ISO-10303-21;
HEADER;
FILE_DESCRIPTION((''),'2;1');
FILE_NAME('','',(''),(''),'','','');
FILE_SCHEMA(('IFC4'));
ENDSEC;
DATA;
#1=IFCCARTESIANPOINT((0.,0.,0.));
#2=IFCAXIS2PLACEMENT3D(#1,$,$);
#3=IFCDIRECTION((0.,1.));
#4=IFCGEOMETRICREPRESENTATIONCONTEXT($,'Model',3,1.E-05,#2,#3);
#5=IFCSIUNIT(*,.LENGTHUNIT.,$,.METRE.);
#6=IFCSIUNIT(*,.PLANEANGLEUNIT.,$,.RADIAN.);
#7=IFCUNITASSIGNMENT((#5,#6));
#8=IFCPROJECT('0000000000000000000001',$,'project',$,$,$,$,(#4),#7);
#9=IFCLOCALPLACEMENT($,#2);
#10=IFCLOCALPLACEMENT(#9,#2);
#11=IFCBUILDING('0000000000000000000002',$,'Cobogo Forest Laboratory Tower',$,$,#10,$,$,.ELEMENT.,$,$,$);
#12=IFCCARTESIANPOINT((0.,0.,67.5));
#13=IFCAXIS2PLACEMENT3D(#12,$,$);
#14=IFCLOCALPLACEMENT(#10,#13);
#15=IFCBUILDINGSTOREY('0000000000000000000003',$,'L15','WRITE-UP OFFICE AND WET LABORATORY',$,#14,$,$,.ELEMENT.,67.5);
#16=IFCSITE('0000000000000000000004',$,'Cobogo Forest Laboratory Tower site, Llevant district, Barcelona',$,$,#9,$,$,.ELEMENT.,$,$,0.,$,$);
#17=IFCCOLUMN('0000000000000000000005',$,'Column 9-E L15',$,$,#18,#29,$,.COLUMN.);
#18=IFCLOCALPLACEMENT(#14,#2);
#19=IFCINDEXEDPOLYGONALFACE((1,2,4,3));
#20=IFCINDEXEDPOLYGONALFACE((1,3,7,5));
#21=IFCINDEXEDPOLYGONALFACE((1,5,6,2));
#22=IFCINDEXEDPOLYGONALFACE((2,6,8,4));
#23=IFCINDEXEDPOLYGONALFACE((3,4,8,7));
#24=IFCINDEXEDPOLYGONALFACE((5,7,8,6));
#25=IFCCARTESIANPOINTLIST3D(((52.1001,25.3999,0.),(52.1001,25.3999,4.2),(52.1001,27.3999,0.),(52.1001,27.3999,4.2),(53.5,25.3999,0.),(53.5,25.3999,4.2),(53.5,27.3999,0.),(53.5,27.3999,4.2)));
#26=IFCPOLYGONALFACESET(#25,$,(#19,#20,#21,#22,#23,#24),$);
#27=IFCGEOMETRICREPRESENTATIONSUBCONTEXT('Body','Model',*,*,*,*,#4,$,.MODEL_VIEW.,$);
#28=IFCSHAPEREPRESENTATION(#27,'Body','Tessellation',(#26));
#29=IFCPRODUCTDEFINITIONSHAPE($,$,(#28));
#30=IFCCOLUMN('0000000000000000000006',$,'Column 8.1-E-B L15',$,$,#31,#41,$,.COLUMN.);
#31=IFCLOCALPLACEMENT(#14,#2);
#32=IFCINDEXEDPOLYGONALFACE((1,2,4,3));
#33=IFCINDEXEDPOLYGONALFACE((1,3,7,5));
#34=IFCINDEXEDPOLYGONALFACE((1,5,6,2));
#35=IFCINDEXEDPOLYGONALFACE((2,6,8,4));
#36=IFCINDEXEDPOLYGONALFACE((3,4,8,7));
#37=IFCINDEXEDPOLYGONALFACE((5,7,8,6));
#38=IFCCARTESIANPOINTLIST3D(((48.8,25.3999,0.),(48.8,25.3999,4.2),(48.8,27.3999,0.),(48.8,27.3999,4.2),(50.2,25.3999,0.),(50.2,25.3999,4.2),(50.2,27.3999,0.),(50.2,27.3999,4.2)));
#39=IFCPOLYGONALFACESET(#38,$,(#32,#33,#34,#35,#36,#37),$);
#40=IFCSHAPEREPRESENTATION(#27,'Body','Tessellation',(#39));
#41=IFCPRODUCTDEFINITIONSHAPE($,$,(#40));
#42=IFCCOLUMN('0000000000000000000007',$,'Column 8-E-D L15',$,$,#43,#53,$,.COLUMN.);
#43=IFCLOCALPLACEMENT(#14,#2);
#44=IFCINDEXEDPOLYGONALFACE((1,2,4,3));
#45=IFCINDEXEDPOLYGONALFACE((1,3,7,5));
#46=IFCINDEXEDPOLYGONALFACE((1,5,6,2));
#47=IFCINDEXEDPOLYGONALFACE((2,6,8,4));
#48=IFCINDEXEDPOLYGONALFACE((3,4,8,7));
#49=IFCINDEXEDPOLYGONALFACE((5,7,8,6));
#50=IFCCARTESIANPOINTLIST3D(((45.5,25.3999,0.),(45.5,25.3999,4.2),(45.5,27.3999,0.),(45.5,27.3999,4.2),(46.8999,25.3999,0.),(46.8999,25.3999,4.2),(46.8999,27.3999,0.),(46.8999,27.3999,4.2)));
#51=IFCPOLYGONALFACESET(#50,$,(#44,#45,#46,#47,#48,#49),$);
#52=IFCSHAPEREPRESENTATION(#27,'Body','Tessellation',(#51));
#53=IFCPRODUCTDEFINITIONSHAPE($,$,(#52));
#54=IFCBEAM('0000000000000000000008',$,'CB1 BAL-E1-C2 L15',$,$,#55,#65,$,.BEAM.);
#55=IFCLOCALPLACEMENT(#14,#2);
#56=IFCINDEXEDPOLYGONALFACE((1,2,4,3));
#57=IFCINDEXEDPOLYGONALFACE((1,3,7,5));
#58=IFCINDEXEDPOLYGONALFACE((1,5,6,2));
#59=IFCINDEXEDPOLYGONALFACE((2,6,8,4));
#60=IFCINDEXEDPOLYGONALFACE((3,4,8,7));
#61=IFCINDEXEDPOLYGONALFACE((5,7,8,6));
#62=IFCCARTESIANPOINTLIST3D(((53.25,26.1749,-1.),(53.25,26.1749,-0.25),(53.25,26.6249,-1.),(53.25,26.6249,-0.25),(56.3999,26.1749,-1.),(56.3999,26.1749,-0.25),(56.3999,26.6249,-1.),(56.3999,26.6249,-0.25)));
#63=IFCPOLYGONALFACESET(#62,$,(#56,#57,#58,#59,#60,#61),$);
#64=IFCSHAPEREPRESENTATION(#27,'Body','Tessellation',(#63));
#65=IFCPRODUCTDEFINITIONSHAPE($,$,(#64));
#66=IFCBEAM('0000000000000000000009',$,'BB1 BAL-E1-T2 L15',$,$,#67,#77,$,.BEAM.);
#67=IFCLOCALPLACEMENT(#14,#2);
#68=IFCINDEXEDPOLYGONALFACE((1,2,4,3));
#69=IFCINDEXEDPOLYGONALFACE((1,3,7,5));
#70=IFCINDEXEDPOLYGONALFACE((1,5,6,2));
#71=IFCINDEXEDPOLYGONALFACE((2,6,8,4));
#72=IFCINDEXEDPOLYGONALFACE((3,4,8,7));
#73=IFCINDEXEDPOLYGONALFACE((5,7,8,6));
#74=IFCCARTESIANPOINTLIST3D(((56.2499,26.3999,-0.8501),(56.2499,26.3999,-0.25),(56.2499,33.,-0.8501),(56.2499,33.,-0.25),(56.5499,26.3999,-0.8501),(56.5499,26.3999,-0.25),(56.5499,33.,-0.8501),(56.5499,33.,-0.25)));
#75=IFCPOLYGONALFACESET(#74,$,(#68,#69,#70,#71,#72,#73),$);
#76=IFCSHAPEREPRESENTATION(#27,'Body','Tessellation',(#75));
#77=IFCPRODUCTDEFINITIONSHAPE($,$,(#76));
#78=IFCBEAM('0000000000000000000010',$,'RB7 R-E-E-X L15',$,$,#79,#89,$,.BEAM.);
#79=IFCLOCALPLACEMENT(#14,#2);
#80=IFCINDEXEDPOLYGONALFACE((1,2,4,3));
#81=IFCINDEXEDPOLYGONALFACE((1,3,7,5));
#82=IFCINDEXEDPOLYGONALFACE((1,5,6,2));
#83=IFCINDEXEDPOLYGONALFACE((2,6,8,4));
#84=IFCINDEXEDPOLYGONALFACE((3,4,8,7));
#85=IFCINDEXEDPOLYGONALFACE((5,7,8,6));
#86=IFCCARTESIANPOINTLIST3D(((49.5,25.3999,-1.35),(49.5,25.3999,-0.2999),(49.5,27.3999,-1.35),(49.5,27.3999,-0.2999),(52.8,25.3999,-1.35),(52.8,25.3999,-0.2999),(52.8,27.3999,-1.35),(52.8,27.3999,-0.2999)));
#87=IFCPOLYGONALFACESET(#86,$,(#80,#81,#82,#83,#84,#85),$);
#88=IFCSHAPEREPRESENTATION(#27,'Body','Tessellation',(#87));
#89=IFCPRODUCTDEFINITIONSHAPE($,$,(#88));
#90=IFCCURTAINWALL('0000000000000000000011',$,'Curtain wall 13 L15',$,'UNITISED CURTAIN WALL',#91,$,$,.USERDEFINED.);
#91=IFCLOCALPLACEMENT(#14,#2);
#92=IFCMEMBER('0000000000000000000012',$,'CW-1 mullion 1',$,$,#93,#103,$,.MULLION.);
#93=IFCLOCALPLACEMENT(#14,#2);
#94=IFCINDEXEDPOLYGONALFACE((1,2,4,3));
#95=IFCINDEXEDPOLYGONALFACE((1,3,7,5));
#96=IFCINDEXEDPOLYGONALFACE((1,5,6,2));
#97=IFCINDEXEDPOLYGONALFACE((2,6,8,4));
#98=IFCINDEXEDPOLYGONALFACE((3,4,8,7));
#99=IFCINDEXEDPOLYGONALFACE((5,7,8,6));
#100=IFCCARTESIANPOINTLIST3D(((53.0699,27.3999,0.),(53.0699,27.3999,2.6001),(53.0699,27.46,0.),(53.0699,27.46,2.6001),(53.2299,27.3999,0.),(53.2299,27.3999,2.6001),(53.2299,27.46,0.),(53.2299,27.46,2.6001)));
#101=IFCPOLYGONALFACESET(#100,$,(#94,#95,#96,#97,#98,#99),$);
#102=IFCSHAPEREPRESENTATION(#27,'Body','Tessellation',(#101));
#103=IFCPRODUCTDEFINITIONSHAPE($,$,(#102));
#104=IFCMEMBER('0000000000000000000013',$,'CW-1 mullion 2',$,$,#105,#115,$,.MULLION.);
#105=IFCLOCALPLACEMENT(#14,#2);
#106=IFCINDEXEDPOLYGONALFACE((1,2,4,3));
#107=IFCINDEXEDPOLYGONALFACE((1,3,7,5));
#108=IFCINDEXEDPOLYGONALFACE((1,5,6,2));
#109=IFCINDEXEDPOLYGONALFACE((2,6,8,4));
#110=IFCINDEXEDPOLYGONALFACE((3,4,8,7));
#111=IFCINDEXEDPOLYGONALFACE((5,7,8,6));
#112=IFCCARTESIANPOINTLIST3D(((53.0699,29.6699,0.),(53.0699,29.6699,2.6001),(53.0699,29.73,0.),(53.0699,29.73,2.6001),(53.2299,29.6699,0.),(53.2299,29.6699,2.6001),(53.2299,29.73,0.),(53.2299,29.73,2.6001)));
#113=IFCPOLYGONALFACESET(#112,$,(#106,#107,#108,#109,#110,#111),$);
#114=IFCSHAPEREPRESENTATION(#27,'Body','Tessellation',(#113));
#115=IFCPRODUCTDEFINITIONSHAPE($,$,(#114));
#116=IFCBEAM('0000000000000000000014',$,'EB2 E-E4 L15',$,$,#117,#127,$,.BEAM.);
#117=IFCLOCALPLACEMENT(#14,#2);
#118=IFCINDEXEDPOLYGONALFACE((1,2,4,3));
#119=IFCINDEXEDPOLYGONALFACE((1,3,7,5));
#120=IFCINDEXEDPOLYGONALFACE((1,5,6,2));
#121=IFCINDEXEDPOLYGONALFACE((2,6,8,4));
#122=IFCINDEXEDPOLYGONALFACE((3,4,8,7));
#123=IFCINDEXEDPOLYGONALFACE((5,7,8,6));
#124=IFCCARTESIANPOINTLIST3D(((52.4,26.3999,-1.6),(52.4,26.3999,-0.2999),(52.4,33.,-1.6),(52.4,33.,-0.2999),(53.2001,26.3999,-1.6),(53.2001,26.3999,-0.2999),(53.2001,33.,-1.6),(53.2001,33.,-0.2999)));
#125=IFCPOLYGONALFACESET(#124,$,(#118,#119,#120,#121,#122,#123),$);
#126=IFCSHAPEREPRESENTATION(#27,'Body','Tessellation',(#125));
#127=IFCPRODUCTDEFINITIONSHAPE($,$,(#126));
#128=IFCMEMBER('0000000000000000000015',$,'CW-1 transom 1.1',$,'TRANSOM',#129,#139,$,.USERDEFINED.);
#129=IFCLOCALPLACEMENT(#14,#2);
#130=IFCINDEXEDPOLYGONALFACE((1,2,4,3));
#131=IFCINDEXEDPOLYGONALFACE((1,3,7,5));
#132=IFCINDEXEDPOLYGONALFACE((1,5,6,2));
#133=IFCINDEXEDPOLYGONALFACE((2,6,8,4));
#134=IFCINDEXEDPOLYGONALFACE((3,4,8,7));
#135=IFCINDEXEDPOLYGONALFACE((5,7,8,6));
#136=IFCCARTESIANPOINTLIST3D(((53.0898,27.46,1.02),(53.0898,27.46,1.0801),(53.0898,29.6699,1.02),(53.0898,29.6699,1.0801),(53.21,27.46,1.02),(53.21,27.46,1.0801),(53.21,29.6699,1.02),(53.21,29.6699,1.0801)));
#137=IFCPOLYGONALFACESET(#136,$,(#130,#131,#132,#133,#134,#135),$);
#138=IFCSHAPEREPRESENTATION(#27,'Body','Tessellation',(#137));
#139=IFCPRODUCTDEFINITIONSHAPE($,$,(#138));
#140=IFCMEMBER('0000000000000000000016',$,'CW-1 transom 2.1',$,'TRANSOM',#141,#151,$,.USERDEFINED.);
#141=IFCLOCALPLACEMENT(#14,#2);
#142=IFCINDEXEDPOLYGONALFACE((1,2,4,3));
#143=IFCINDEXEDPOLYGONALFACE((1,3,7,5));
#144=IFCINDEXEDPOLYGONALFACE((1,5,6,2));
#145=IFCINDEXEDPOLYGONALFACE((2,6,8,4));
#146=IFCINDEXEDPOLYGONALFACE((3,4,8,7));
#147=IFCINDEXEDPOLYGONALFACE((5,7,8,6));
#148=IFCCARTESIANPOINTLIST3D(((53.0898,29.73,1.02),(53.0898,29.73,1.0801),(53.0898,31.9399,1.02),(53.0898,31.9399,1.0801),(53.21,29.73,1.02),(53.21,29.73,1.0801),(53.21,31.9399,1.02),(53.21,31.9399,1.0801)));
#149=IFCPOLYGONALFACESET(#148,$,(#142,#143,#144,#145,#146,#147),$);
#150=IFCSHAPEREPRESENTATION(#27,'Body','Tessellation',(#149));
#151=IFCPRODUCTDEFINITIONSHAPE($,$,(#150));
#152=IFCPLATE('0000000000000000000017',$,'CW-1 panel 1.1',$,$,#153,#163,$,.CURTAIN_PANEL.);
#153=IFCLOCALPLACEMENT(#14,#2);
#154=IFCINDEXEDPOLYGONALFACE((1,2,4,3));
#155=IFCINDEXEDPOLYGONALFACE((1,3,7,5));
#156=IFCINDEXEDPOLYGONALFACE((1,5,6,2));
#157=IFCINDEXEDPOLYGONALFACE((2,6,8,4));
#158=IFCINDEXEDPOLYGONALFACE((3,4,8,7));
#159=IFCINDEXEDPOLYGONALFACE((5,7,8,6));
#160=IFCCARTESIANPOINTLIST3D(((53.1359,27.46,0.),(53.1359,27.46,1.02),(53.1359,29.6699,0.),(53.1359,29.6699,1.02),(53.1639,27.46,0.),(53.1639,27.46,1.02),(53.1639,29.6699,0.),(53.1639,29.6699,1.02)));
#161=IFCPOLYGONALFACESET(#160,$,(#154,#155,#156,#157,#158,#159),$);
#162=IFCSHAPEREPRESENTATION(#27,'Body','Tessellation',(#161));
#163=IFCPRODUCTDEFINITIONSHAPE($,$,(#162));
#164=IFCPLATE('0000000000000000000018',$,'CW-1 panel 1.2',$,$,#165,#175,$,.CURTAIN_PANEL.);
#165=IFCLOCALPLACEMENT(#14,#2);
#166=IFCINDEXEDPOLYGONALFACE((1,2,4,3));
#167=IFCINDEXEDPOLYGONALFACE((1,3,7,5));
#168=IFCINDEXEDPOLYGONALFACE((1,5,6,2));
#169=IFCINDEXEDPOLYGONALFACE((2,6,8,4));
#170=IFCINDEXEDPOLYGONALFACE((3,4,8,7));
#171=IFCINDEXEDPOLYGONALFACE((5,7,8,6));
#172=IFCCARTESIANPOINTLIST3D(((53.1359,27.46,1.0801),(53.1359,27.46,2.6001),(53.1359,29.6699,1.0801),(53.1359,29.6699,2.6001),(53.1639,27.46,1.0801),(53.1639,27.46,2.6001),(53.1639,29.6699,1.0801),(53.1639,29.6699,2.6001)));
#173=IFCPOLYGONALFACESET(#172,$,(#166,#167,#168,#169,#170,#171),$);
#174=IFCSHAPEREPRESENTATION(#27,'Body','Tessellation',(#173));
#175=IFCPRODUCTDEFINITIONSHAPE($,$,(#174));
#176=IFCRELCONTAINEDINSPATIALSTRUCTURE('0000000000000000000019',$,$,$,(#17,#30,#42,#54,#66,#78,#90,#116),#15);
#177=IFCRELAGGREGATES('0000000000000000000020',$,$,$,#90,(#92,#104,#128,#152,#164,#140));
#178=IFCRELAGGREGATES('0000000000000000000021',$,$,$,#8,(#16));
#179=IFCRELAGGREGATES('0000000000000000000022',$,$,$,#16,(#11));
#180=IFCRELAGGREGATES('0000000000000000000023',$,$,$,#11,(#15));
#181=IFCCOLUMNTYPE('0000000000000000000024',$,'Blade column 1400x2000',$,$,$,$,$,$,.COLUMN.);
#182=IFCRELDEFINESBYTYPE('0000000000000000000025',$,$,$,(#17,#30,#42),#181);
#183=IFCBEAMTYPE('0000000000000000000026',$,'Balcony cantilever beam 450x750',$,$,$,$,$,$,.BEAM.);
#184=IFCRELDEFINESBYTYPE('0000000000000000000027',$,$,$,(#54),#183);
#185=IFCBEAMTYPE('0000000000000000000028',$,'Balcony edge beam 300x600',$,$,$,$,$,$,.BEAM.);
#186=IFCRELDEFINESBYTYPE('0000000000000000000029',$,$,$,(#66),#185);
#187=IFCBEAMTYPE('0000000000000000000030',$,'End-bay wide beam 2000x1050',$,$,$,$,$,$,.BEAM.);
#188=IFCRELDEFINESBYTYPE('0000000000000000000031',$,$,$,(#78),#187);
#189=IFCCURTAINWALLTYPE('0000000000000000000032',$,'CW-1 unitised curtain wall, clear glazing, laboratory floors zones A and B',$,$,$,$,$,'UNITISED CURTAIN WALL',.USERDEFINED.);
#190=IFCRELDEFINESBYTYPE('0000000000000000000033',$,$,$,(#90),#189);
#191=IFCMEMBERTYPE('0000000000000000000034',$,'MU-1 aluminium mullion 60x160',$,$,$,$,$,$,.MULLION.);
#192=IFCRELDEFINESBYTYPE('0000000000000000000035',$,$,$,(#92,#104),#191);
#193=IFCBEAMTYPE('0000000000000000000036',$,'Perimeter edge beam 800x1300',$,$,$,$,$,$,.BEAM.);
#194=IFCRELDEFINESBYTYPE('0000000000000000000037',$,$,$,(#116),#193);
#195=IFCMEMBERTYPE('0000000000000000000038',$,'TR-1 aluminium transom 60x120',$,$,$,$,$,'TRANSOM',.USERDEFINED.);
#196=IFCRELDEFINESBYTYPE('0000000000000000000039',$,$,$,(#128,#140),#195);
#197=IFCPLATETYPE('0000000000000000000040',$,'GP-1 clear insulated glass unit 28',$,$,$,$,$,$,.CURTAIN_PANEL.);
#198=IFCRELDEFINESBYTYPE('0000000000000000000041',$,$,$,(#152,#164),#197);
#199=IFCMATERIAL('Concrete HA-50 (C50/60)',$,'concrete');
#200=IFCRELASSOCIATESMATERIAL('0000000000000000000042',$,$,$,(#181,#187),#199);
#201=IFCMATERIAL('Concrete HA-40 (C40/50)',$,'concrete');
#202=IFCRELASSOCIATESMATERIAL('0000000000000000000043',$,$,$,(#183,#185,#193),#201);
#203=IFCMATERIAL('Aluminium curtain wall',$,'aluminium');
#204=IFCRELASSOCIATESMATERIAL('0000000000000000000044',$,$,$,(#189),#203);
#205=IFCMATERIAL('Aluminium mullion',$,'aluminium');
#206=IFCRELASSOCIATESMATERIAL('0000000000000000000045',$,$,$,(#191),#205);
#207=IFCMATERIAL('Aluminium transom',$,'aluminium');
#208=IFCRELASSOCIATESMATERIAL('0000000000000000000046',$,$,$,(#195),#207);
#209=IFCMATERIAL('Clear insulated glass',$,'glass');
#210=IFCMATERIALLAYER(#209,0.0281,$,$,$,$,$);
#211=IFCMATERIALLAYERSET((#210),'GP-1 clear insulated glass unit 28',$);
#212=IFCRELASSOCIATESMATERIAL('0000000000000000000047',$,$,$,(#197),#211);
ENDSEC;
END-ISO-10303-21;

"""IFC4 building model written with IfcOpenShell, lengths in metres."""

from ifc_helpers import new_model, si_unit, direction, frame, origin, origin_2d, place, context, subcontext, project, spatial, rectangle, extrude, material, layer, layer_set, material_profile, profile_set, type_object, element, aggregate, save


model = new_model("IFC4")

# Units and contexts
model_context = context("Model", 3, precision=1e-05, world=origin(), true_north=direction((0.0, 1.0)))
body_context = subcontext(model_context, "Body", "Model", "MODEL_VIEW")
ifc_project = project(units=[si_unit("LENGTHUNIT", "METRE"), si_unit("PLANEANGLEUNIT", "RADIAN")], contexts=[model_context])

# Site, building, storey
site_placement = place(None, origin())
site = spatial("IfcSite", under=ifc_project, at=site_placement, Name="Cobogo Forest Laboratory Tower site, Llevant district, Barcelona", CompositionType="ELEMENT", RefElevation=0.0)
building_placement = place(site_placement, origin())
building = spatial("IfcBuilding", under=site, at=building_placement, Name="Cobogo Forest Laboratory Tower", CompositionType="ELEMENT")
storey_placement = place(building_placement, frame((0.0, 0.0, 67.5)))
storey = spatial("IfcBuildingStorey", under=building, at=storey_placement, Name="L15", Description="WRITE-UP OFFICE AND WET LABORATORY", CompositionType="ELEMENT", Elevation=67.5)

# Columns
ifc_material_1 = material(Name="Concrete HA-50 (C50/60)", Category="concrete")
ifc_material_profile_1 = material_profile(ifc_material_1, rectangle(XDim=2.0, YDim=1.3999, at=origin_2d()), Name="RC 1400x2000")
ifc_profile_set_1 = profile_set([ifc_material_profile_1], Name="Concrete HA-50 (C50/60)")
column_type = type_object("IfcColumnType", Name="Blade column 1400x2000", PredefinedType="COLUMN", material=ifc_profile_set_1)
for number, where, z_axis, x_axis, name in (
    (1, (52.8, 26.3999, 0.0), (0.0, 0.0, 1.0), (0.0, 1.0, 0.0), "Column 9-E L15"),
    (2, (49.5, 26.3999, 0.0), (0.0, 0.0, 1.0), (0.0, 1.0, 0.0), "Column 8.1-E-B L15"),
    (3, (46.2, 26.3999, 0.0), (0.0, 0.0, 1.0), (0.0, 1.0, 0.0), "Column 8-E-D L15"),
):
    element("IfcColumn", number, at=place(storey_placement, frame(where, z_axis=z_axis, x_axis=x_axis)), inside=storey, type_object=column_type, Name=name, PredefinedType="COLUMN", context=body_context, shape_type="SweptSolid", body=[
        extrude(rectangle(XDim=2.0, YDim=1.3999, at=origin_2d()), origin(), (0.0, 0.0, 1.0), 4.2),
    ])

# Beams
ifc_material_2 = material(Name="Concrete HA-40 (C40/50)", Category="concrete")
ifc_material_profile_2 = material_profile(ifc_material_2, rectangle(XDim=0.45, YDim=0.75, at=origin_2d()), Name="RC 450x750")
ifc_profile_set_2 = profile_set([ifc_material_profile_2], Name="Concrete HA-40 (C40/50)")
beam_type_1 = type_object("IfcBeamType", Name="Balcony cantilever beam 450x750", PredefinedType="BEAM", material=ifc_profile_set_2)
beam_1_placement = place(storey_placement, frame((53.25, 26.3999, -0.625), z_axis=(1.0, 0.0, 0.0), x_axis=(0.0, 1.0, 0.0)))
element("IfcBeam", 4, at=beam_1_placement, inside=storey, type_object=beam_type_1, Name="CB1 BAL-E1-C2 L15", PredefinedType="BEAM", context=body_context, shape_type="SweptSolid", body=[
    extrude(rectangle(XDim=0.45, YDim=0.75, at=origin_2d()), origin(), (0.0, 0.0, 1.0), 3.1499),
])
ifc_material_profile_3 = material_profile(ifc_material_2, rectangle(XDim=0.3, YDim=0.6001, at=origin_2d()), Name="RC 300x600")
ifc_profile_set_3 = profile_set([ifc_material_profile_3], Name="Concrete HA-40 (C40/50)")
beam_type_2 = type_object("IfcBeamType", Name="Balcony edge beam 300x600", PredefinedType="BEAM", material=ifc_profile_set_3)
beam_2_placement = place(storey_placement, frame((56.3999, 26.3999, -0.55), z_axis=(0.0, 1.0, 0.0), x_axis=(-1.0, 0.0, 0.0)))
element("IfcBeam", 5, at=beam_2_placement, inside=storey, type_object=beam_type_2, Name="BB1 BAL-E1-T2 L15", PredefinedType="BEAM", context=body_context, shape_type="SweptSolid", body=[
    extrude(rectangle(XDim=0.3, YDim=0.6001, at=origin_2d()), origin(), (0.0, 0.0, 1.0), 6.6001),
])
ifc_material_profile_4 = material_profile(ifc_material_1, rectangle(XDim=2.0, YDim=1.05, at=origin_2d()), Name="RC 2000x1050")
ifc_profile_set_4 = profile_set([ifc_material_profile_4], Name="Concrete HA-50 (C50/60)")
beam_type_3 = type_object("IfcBeamType", Name="End-bay wide beam 2000x1050", PredefinedType="BEAM", material=ifc_profile_set_4)
beam_3_placement = place(storey_placement, frame((52.8, 26.3999, -0.825), z_axis=(-1.0, 0.0, 0.0), x_axis=(0.0, -1.0, 0.0)))
element("IfcBeam", 6, at=beam_3_placement, inside=storey, type_object=beam_type_3, Name="RB7 R-E-E-X L15", PredefinedType="BEAM", context=body_context, shape_type="SweptSolid", body=[
    extrude(rectangle(XDim=2.0, YDim=1.05, at=origin_2d()), origin(), (0.0, 0.0, 1.0), 3.3),
])

# Curtain wall, members
ifc_material_3 = material(Name="Aluminium curtain wall", Category="aluminium")
curtain_wall_type = type_object("IfcCurtainWallType", Name="CW-1 unitised curtain wall, clear glazing, laboratory floors zones A and B", ElementType="UNITISED CURTAIN WALL", PredefinedType="USERDEFINED", material=ifc_material_3)
curtain_wall_placement = place(storey_placement, origin())
curtain_wall = element("IfcCurtainWall", 7, at=curtain_wall_placement, inside=storey, type_object=curtain_wall_type, Name="Curtain wall 13 L15", ObjectType="UNITISED CURTAIN WALL", PredefinedType="USERDEFINED")
ifc_material_4 = material(Name="Aluminium mullion", Category="aluminium")
ifc_material_profile_5 = material_profile(ifc_material_4, rectangle(XDim=0.0601, YDim=0.1599, at=origin_2d()), Name="AL 60x160")
ifc_profile_set_5 = profile_set([ifc_material_profile_5], Name="Aluminium mullion")
member_type_1 = type_object("IfcMemberType", Name="MU-1 aluminium mullion 60x160", PredefinedType="MULLION", material=ifc_profile_set_5)
member_1_placement = place(storey_placement, frame((53.1499, 27.4299, 0.0), z_axis=(0.0, 0.0, 1.0), x_axis=(0.0, 1.0, 0.0)))
member_1 = element("IfcMember", 8, at=member_1_placement, type_object=member_type_1, Name="CW-1 mullion 1", PredefinedType="MULLION", context=body_context, shape_type="SweptSolid", body=[
    extrude(rectangle(XDim=0.0601, YDim=0.1599, at=origin_2d()), origin(), (0.0, 0.0, 1.0), 2.6001),
])
member_2_placement = place(storey_placement, frame((53.1499, 29.7, 0.0), z_axis=(0.0, 0.0, 1.0), x_axis=(0.0, 1.0, 0.0)))
member_2 = element("IfcMember", 9, at=member_2_placement, type_object=member_type_1, Name="CW-1 mullion 2", PredefinedType="MULLION", context=body_context, shape_type="SweptSolid", body=[
    extrude(rectangle(XDim=0.0601, YDim=0.1599, at=origin_2d()), origin(), (0.0, 0.0, 1.0), 2.6001),
])

# Beam
ifc_material_profile_6 = material_profile(ifc_material_2, rectangle(XDim=0.8, YDim=1.3, at=origin_2d()), Name="RC 800x1300")
ifc_profile_set_6 = profile_set([ifc_material_profile_6], Name="Concrete HA-40 (C40/50)")
beam_type_4 = type_object("IfcBeamType", Name="Perimeter edge beam 800x1300", PredefinedType="BEAM", material=ifc_profile_set_6)
beam_4_placement = place(storey_placement, frame((52.8, 26.3999, -0.95), z_axis=(0.0, 1.0, 0.0), x_axis=(-1.0, 0.0, 0.0)))
element("IfcBeam", 10, at=beam_4_placement, inside=storey, type_object=beam_type_4, Name="EB2 E-E4 L15", PredefinedType="BEAM", context=body_context, shape_type="SweptSolid", body=[
    extrude(rectangle(XDim=0.8, YDim=1.3, at=origin_2d()), origin(), (0.0, 0.0, 1.0), 6.6001),
])

# Members
ifc_material_5 = material(Name="Aluminium transom", Category="aluminium")
ifc_material_profile_7 = material_profile(ifc_material_5, rectangle(XDim=0.1201, YDim=0.0601, at=origin_2d()), Name="AL 60x120")
ifc_profile_set_7 = profile_set([ifc_material_profile_7], Name="Aluminium transom")
member_type_2 = type_object("IfcMemberType", Name="TR-1 aluminium transom 60x120", ElementType="TRANSOM", PredefinedType="USERDEFINED", material=ifc_profile_set_7)
member_3_placement = place(storey_placement, frame((53.1499, 27.46, 1.05), z_axis=(0.0, 1.0, 0.0), x_axis=(-1.0, 0.0, 0.0)))
member_3 = element("IfcMember", 11, at=member_3_placement, type_object=member_type_2, Name="CW-1 transom 1.1", ObjectType="TRANSOM", PredefinedType="USERDEFINED", context=body_context, shape_type="SweptSolid", body=[
    extrude(rectangle(XDim=0.1201, YDim=0.0601, at=origin_2d()), origin(), (0.0, 0.0, 1.0), 2.21),
])
member_4_placement = place(storey_placement, frame((53.1499, 29.73, 1.05), z_axis=(0.0, 1.0, 0.0), x_axis=(-1.0, 0.0, 0.0)))
member_4 = element("IfcMember", 12, at=member_4_placement, type_object=member_type_2, Name="CW-1 transom 2.1", ObjectType="TRANSOM", PredefinedType="USERDEFINED", context=body_context, shape_type="SweptSolid", body=[
    extrude(rectangle(XDim=0.1201, YDim=0.0601, at=origin_2d()), origin(), (0.0, 0.0, 1.0), 2.21),
])

# Plates
ifc_material_6 = material(Name="Clear insulated glass", Category="glass")
ifc_layer_1 = layer(ifc_material_6, 0.0281)
ifc_layer_set_1 = layer_set([ifc_layer_1], Name="GP-1 clear insulated glass unit 28")
plate_type = type_object("IfcPlateType", Name="GP-1 clear insulated glass unit 28", PredefinedType="CURTAIN_PANEL", material=ifc_layer_set_1)
plate_1_placement = place(storey_placement, frame((53.1499, 28.5649, 0.0), z_axis=(0.0, 0.0, 1.0), x_axis=(0.0, 1.0, 0.0)))
plate_1 = element("IfcPlate", 13, at=plate_1_placement, type_object=plate_type, Name="CW-1 panel 1.1", PredefinedType="CURTAIN_PANEL", context=body_context, shape_type="SweptSolid", body=[
    extrude(rectangle(XDim=2.21, YDim=0.0281, at=origin_2d()), origin(), (0.0, 0.0, 1.0), 1.02),
])
plate_2_placement = place(storey_placement, frame((53.1499, 28.5649, 1.0801), z_axis=(0.0, 0.0, 1.0), x_axis=(0.0, 1.0, 0.0)))
plate_2 = element("IfcPlate", 14, at=plate_2_placement, type_object=plate_type, Name="CW-1 panel 1.2", PredefinedType="CURTAIN_PANEL", context=body_context, shape_type="SweptSolid", body=[
    extrude(rectangle(XDim=2.21, YDim=0.0281, at=origin_2d()), origin(), (0.0, 0.0, 1.0), 1.52),
])
aggregate(curtain_wall, [member_1, member_2, member_3, plate_1, plate_2, member_4])

save(model, "model.ifc")
